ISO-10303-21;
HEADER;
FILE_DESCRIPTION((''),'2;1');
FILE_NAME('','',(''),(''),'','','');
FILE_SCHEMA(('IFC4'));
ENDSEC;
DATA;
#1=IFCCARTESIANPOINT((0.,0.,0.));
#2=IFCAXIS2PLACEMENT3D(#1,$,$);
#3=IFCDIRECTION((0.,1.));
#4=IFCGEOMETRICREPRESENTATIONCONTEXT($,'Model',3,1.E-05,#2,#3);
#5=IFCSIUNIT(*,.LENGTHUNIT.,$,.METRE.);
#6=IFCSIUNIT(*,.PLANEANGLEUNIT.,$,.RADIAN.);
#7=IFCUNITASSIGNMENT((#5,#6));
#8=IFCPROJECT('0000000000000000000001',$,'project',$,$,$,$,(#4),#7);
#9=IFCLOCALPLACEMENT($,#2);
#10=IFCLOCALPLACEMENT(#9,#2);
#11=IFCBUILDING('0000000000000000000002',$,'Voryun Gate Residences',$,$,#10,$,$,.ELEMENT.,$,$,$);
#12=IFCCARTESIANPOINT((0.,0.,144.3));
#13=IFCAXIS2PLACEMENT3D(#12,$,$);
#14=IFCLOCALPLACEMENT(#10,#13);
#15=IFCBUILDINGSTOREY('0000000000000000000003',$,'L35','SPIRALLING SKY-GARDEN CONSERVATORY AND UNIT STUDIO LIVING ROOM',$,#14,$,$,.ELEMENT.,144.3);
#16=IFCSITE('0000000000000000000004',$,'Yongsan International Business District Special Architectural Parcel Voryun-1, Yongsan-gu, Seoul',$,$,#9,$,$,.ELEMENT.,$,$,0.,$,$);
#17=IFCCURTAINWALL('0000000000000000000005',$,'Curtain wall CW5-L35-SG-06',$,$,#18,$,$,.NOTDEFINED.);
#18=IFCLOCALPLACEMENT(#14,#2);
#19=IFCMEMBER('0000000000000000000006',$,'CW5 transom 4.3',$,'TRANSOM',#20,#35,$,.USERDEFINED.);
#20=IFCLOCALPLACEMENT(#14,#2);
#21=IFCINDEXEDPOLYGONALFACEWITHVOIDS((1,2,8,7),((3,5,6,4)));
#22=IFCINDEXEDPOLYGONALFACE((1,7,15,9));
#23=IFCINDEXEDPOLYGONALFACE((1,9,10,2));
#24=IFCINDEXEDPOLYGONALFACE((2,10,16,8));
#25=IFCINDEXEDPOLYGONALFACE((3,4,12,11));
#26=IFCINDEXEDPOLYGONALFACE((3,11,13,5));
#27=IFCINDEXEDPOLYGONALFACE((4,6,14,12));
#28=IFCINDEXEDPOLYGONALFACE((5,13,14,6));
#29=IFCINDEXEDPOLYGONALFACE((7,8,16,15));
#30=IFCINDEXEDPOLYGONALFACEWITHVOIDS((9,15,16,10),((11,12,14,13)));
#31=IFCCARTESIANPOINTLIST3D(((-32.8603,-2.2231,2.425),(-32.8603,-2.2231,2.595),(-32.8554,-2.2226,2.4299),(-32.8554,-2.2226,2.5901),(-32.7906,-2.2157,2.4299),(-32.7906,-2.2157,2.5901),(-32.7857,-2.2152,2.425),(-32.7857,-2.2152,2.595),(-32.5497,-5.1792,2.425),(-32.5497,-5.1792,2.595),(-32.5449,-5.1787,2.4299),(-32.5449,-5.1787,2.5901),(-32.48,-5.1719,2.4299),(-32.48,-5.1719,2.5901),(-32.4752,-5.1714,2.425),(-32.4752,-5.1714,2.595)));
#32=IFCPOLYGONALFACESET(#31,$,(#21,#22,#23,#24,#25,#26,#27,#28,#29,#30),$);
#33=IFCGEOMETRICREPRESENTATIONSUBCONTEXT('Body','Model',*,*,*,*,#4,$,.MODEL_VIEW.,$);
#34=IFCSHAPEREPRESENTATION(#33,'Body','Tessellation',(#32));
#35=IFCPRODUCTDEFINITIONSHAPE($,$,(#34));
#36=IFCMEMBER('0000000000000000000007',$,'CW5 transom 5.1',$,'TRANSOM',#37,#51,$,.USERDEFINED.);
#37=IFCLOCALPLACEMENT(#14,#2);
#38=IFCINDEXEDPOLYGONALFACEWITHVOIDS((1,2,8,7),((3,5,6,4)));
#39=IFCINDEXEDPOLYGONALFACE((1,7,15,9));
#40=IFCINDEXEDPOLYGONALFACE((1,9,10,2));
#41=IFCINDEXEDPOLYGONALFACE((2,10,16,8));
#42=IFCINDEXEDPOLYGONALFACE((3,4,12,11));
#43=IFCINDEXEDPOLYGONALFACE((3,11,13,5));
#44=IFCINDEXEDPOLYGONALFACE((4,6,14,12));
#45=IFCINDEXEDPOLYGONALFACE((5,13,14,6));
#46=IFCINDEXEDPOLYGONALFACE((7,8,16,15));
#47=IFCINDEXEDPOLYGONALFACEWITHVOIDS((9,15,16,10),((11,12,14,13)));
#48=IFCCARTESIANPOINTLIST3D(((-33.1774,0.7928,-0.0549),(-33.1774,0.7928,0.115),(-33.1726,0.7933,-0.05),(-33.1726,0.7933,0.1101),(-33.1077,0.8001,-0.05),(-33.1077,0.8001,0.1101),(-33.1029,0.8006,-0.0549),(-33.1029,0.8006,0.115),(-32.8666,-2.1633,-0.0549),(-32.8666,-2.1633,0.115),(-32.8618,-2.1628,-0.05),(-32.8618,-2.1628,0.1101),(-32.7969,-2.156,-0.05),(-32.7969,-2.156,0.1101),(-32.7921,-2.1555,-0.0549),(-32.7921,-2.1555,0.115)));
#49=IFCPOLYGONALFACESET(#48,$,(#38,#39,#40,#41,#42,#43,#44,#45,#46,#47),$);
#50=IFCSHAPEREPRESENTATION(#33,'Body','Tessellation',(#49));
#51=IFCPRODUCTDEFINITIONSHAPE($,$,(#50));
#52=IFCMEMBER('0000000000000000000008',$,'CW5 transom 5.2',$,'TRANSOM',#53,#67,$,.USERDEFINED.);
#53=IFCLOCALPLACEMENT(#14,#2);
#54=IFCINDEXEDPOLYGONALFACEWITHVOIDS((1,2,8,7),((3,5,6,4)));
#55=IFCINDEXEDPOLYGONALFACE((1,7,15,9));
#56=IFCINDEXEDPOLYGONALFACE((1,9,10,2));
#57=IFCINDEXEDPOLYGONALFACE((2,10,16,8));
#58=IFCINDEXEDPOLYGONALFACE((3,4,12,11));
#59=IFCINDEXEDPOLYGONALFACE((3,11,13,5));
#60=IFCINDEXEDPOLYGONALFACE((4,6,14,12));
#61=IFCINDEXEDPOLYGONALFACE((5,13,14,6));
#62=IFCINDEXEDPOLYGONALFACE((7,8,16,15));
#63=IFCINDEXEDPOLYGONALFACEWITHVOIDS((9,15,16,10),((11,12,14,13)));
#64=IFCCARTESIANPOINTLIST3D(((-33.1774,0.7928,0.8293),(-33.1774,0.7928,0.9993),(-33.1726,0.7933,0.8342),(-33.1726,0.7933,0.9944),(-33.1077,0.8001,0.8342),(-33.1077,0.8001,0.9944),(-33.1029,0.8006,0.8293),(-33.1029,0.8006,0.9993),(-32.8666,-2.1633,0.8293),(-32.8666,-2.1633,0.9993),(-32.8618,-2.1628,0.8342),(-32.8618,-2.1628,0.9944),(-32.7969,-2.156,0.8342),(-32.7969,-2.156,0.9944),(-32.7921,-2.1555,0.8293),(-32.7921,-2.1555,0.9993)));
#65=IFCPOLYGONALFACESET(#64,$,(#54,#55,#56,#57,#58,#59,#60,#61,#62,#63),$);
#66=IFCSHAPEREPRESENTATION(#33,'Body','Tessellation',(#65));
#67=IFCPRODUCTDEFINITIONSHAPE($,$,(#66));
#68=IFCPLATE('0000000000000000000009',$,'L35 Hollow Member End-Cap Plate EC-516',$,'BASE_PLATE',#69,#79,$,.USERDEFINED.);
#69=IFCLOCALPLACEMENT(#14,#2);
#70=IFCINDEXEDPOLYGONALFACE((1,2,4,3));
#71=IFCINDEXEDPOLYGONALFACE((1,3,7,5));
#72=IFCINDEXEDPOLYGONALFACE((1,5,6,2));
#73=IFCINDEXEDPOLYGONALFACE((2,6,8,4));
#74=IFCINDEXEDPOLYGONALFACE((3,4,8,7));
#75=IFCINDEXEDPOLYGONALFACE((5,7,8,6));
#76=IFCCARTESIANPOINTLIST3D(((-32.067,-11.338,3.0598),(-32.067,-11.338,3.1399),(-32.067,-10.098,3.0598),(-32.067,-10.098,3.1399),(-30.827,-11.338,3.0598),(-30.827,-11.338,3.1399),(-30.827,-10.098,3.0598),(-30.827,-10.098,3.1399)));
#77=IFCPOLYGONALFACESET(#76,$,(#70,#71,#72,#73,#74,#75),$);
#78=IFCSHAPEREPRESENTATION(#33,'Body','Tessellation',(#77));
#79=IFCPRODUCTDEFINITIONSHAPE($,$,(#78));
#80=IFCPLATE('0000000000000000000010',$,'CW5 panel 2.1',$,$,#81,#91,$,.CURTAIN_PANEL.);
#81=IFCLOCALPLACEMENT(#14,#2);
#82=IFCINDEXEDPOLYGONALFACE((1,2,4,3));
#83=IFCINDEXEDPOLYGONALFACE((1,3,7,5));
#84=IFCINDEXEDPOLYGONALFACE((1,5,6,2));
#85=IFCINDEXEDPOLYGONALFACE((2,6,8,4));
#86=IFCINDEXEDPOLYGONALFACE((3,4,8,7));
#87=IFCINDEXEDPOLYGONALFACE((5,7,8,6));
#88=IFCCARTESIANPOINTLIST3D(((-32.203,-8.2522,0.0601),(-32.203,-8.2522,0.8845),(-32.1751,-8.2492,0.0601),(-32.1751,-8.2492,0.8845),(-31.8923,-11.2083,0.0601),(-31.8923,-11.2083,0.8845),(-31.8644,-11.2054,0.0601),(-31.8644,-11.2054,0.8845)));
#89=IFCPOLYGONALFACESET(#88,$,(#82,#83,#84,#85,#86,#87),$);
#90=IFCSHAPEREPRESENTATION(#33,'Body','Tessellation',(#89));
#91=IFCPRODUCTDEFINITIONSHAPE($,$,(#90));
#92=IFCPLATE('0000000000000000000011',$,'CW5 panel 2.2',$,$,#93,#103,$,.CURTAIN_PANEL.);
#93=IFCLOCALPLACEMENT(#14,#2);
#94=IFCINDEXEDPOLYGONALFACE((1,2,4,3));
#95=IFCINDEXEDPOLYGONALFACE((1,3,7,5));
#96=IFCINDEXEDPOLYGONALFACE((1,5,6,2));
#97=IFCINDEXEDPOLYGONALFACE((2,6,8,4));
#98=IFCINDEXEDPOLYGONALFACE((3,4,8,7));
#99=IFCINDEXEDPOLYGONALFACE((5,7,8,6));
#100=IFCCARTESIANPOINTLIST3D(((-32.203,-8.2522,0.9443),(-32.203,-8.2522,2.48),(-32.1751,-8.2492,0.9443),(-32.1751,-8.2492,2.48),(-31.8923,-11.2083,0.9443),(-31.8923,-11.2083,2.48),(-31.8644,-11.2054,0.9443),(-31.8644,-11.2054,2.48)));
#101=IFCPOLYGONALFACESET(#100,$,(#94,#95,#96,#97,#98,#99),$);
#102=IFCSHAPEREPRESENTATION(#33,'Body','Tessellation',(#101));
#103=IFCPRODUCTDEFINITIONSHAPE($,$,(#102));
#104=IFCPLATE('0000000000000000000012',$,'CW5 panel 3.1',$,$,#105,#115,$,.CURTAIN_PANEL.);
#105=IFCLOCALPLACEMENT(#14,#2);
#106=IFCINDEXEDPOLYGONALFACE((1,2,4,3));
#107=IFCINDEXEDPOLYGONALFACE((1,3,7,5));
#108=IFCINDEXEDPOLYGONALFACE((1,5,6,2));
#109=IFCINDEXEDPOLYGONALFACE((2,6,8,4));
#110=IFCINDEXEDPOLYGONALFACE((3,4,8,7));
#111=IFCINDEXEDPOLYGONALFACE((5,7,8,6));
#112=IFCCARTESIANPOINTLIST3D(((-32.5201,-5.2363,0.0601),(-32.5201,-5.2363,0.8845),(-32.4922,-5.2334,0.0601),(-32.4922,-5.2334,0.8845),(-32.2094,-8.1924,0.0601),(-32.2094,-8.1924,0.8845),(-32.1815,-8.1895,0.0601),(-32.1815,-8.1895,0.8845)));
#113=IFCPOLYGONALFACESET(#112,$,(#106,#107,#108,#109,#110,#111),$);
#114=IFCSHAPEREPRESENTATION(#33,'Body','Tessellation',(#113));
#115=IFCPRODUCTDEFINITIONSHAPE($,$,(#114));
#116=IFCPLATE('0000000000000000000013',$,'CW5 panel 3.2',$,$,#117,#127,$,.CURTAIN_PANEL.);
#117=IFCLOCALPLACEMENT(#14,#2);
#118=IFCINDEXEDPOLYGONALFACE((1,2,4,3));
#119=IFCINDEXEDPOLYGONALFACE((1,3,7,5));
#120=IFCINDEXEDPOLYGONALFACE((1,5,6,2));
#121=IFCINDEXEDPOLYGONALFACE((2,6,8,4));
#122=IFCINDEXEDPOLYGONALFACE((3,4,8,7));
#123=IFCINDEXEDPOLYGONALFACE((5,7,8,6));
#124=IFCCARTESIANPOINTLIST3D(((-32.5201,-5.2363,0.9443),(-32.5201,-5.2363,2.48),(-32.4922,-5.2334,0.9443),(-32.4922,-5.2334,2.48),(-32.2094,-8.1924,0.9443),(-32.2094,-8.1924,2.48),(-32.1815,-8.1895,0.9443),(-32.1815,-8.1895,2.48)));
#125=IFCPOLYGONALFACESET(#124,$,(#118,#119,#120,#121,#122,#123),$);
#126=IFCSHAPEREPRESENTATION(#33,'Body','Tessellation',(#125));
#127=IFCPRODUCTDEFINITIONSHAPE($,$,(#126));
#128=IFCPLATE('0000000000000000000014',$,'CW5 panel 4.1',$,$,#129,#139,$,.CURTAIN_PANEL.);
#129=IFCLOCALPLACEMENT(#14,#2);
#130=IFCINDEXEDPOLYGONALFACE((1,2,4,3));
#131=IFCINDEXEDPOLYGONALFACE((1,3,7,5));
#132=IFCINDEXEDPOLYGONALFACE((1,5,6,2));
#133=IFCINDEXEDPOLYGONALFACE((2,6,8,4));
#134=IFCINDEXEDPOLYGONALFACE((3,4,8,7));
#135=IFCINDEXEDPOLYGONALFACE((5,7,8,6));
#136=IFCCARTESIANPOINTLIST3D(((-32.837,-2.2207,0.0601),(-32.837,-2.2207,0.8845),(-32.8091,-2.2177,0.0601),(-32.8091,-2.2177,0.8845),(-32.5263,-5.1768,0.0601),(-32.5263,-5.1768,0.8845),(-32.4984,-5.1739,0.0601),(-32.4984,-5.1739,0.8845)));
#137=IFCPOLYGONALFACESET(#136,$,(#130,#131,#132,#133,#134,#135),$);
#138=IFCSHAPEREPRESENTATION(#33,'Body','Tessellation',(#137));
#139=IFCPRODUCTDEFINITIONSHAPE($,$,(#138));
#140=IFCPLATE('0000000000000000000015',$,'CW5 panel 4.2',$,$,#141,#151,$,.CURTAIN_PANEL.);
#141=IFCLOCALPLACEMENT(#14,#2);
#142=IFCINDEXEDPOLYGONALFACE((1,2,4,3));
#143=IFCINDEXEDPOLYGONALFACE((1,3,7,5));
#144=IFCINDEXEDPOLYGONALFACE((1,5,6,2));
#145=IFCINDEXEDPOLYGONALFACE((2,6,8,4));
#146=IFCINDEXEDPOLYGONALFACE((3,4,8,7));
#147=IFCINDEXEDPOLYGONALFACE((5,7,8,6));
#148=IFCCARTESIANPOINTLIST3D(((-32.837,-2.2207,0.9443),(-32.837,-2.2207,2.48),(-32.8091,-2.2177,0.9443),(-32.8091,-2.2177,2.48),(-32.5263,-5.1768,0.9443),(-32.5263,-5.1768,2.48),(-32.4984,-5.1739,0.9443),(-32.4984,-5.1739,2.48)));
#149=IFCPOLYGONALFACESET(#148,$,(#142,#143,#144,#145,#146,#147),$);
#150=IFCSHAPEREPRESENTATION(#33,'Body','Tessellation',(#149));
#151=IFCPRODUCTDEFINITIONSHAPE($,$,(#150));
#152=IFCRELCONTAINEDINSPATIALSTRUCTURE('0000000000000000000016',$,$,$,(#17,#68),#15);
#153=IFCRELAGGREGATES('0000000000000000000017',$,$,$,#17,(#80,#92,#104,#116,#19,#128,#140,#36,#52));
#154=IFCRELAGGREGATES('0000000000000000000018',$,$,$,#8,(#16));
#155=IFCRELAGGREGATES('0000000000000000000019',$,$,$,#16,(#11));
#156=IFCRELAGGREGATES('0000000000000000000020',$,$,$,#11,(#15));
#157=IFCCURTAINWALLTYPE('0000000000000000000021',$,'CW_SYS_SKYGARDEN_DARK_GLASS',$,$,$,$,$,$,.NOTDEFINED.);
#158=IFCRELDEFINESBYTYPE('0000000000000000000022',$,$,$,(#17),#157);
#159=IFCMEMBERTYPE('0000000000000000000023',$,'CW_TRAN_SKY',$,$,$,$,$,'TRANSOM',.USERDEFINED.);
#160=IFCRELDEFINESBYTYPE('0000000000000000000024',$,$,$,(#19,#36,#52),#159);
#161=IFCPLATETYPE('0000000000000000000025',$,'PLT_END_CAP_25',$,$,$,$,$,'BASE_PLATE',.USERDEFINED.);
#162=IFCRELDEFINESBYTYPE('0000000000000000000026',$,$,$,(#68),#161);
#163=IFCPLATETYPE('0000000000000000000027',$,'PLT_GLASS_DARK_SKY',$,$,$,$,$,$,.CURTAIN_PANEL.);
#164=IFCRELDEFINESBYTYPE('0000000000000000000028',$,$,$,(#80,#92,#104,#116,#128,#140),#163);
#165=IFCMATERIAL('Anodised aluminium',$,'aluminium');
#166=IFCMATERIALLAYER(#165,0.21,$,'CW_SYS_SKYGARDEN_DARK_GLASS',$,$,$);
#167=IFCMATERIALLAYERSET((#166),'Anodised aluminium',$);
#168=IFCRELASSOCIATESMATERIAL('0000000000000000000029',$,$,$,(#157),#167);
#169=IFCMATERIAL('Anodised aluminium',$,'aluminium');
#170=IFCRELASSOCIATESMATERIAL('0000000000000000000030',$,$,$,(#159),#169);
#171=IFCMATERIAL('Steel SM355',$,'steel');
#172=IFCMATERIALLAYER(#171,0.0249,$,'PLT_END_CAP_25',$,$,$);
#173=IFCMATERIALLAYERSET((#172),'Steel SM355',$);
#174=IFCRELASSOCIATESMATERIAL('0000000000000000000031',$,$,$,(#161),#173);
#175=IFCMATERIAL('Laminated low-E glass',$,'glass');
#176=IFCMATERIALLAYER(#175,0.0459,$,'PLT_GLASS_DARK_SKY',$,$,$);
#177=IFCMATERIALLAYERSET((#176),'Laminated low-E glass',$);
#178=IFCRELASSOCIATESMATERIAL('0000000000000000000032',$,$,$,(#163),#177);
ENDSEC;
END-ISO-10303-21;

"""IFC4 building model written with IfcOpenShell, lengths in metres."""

from ifc_helpers import new_model, si_unit, direction, frame, origin, origin_2d, place, context, subcontext, project, spatial, rectangle, hollow_rectangle, extrude, material, layer, layer_set, material_profile, profile_set, type_object, element, aggregate, save


model = new_model("IFC4")

# Units and contexts
model_context = context("Model", 3, precision=1e-05, world=origin(), true_north=direction((0.0, 1.0)))
body_context = subcontext(model_context, "Body", "Model", "MODEL_VIEW")
ifc_project = project(units=[si_unit("LENGTHUNIT", "METRE"), si_unit("PLANEANGLEUNIT", "RADIAN")], contexts=[model_context])

# Site, building, storey
site_placement = place(None, origin())
site = spatial("IfcSite", under=ifc_project, at=site_placement, Name="Yongsan International Business District Special Architectural Parcel Voryun-1, Yongsan-gu, Seoul", CompositionType="ELEMENT", RefElevation=0.0)
building_placement = place(site_placement, origin())
building = spatial("IfcBuilding", under=site, at=building_placement, Name="Voryun Gate Residences", CompositionType="ELEMENT")
storey_placement = place(building_placement, frame((0.0, 0.0, 144.3)))
storey = spatial("IfcBuildingStorey", under=building, at=storey_placement, Name="L35", Description="SPIRALLING SKY-GARDEN CONSERVATORY AND UNIT STUDIO LIVING ROOM", CompositionType="ELEMENT", Elevation=144.3)

# Curtain wall, members
ifc_material_1 = material(Name="Anodised aluminium", Category="aluminium")
ifc_layer_1 = layer(ifc_material_1, 0.21, Name="CW_SYS_SKYGARDEN_DARK_GLASS")
ifc_layer_set_1 = layer_set([ifc_layer_1], Name="Anodised aluminium")
curtain_wall_type = type_object("IfcCurtainWallType", Name="CW_SYS_SKYGARDEN_DARK_GLASS", PredefinedType="NOTDEFINED", material=ifc_layer_set_1)
curtain_wall_placement = place(storey_placement, origin())
curtain_wall = element("IfcCurtainWall", 1, at=curtain_wall_placement, inside=storey, type_object=curtain_wall_type, Name="Curtain wall CW5-L35-SG-06", PredefinedType="NOTDEFINED")
ifc_material_2 = material(Name="Anodised aluminium", Category="aluminium")
ifc_material_profile_1 = material_profile(ifc_material_2, hollow_rectangle(XDim=0.075, YDim=0.1699, WallThickness=0.0049, at=origin_2d()), Name="ALU-TRAN-170x75x5")
ifc_profile_set_1 = profile_set([ifc_material_profile_1], Name="Anodised aluminium")
member_type_1 = type_object("IfcMemberType", Name="CW_TRAN_SKY", ElementType="TRANSOM", PredefinedType="USERDEFINED", material=ifc_profile_set_1)
member_1_placement = place(storey_placement, frame((-32.5125, -5.1753, 2.51), z_axis=(-0.10448, 0.994527, 0.0), x_axis=(-0.994527, -0.10448, 0.0)))
member_1 = element("IfcMember", 2, at=member_1_placement, type_object=member_type_1, Name="CW5 transom 4.3", ObjectType="TRANSOM", PredefinedType="USERDEFINED", context=body_context, shape_type="SweptSolid", body=[
    extrude(hollow_rectangle(XDim=0.075, YDim=0.1699, WallThickness=0.0049, at=origin_2d()), origin(), (0.0, 0.0, 1.0), 2.9724),
])
member_2_placement = place(storey_placement, frame((-32.8293, -2.1594, 0.03), z_axis=(-0.104561, 0.994518, 0.0), x_axis=(-0.994518, -0.104561, 0.0)))
member_2 = element("IfcMember", 3, at=member_2_placement, type_object=member_type_1, Name="CW5 transom 5.1", ObjectType="TRANSOM", PredefinedType="USERDEFINED", context=body_context, shape_type="SweptSolid", body=[
    extrude(hollow_rectangle(XDim=0.075, YDim=0.1699, WallThickness=0.0049, at=origin_2d()), origin(), (0.0, 0.0, 1.0), 2.9724),
])
member_3_placement = place(storey_placement, frame((-32.8293, -2.1594, 0.9143), z_axis=(-0.104561, 0.994518, 0.0), x_axis=(-0.994518, -0.104561, 0.0)))
member_3 = element("IfcMember", 4, at=member_3_placement, type_object=member_type_1, Name="CW5 transom 5.2", ObjectType="TRANSOM", PredefinedType="USERDEFINED", context=body_context, shape_type="SweptSolid", body=[
    extrude(hollow_rectangle(XDim=0.075, YDim=0.1699, WallThickness=0.0049, at=origin_2d()), origin(), (0.0, 0.0, 1.0), 2.9724),
])

# Plates
ifc_material_3 = material(Name="Steel SM355", Category="steel")
ifc_layer_2 = layer(ifc_material_3, 0.0249, Name="PLT_END_CAP_25")
ifc_layer_set_2 = layer_set([ifc_layer_2], Name="Steel SM355")
plate_type_1 = type_object("IfcPlateType", Name="PLT_END_CAP_25", ElementType="BASE_PLATE", PredefinedType="USERDEFINED", material=ifc_layer_set_2)
plate_1_placement = place(storey_placement, frame((-31.447, -10.718, 3.0598), z_axis=(0.0, 0.0, 1.0), x_axis=(1.0, 0.0, 0.0)))
element("IfcPlate", 5, at=plate_1_placement, inside=storey, type_object=plate_type_1, Name="L35 Hollow Member End-Cap Plate EC-516", ObjectType="BASE_PLATE", PredefinedType="USERDEFINED", context=body_context, shape_type="SweptSolid", body=[
    extrude(rectangle(XDim=1.24, YDim=1.24, at=origin_2d()), origin(), (0.0, 0.0, 1.0), 0.0801),
])
ifc_material_4 = material(Name="Laminated low-E glass", Category="glass")
ifc_layer_3 = layer(ifc_material_4, 0.0459, Name="PLT_GLASS_DARK_SKY")
ifc_layer_set_3 = layer_set([ifc_layer_3], Name="Laminated low-E glass")
plate_type_2 = type_object("IfcPlateType", Name="PLT_GLASS_DARK_SKY", PredefinedType="CURTAIN_PANEL", material=ifc_layer_set_3)
plate_2_placement = place(storey_placement, frame((-32.0337, -9.7288, 0.0601), z_axis=(0.0, 0.0, 1.0), x_axis=(-0.10453, 0.994522, 0.0)))
plate_2 = element("IfcPlate", 6, at=plate_2_placement, type_object=plate_type_2, Name="CW5 panel 2.1", PredefinedType="CURTAIN_PANEL", context=body_context, shape_type="SweptSolid", body=[
    extrude(rectangle(XDim=2.9724, YDim=0.0281, at=origin_2d()), origin(), (0.0, 0.0, 1.0), 0.8245),
])
plate_3_placement = place(storey_placement, frame((-32.0337, -9.7288, 0.9443), z_axis=(0.0, 0.0, 1.0), x_axis=(-0.10453, 0.994522, 0.0)))
plate_3 = element("IfcPlate", 7, at=plate_3_placement, type_object=plate_type_2, Name="CW5 panel 2.2", PredefinedType="CURTAIN_PANEL", context=body_context, shape_type="SweptSolid", body=[
    extrude(rectangle(XDim=2.9724, YDim=0.0281, at=origin_2d()), origin(), (0.0, 0.0, 1.0), 1.5356),
])
plate_4_placement = place(storey_placement, frame((-32.3508, -6.7129, 0.0601), z_axis=(0.0, 0.0, 1.0), x_axis=(-0.10453, 0.994522, 0.0)))
plate_4 = element("IfcPlate", 8, at=plate_4_placement, type_object=plate_type_2, Name="CW5 panel 3.1", PredefinedType="CURTAIN_PANEL", context=body_context, shape_type="SweptSolid", body=[
    extrude(rectangle(XDim=2.9724, YDim=0.0281, at=origin_2d()), origin(), (0.0, 0.0, 1.0), 0.8245),
])
plate_5_placement = place(storey_placement, frame((-32.3508, -6.7129, 0.9443), z_axis=(0.0, 0.0, 1.0), x_axis=(-0.10453, 0.994522, 0.0)))
plate_5 = element("IfcPlate", 9, at=plate_5_placement, type_object=plate_type_2, Name="CW5 panel 3.2", PredefinedType="CURTAIN_PANEL", context=body_context, shape_type="SweptSolid", body=[
    extrude(rectangle(XDim=2.9724, YDim=0.0281, at=origin_2d()), origin(), (0.0, 0.0, 1.0), 1.5356),
])
plate_6_placement = place(storey_placement, frame((-32.6677, -3.6973, 0.0601), z_axis=(0.0, 0.0, 1.0), x_axis=(-0.10453, 0.994522, 0.0)))
plate_6 = element("IfcPlate", 10, at=plate_6_placement, type_object=plate_type_2, Name="CW5 panel 4.1", PredefinedType="CURTAIN_PANEL", context=body_context, shape_type="SweptSolid", body=[
    extrude(rectangle(XDim=2.9724, YDim=0.0281, at=origin_2d()), origin(), (0.0, 0.0, 1.0), 0.8245),
])
plate_7_placement = place(storey_placement, frame((-32.6677, -3.6973, 0.9443), z_axis=(0.0, 0.0, 1.0), x_axis=(-0.10453, 0.994522, 0.0)))
plate_7 = element("IfcPlate", 11, at=plate_7_placement, type_object=plate_type_2, Name="CW5 panel 4.2", PredefinedType="CURTAIN_PANEL", context=body_context, shape_type="SweptSolid", body=[
    extrude(rectangle(XDim=2.9724, YDim=0.0281, at=origin_2d()), origin(), (0.0, 0.0, 1.0), 1.5356),
])
aggregate(curtain_wall, [plate_2, plate_3, plate_4, plate_5, member_1, plate_6, plate_7, member_2, member_3])

save(model, "model.ifc")
